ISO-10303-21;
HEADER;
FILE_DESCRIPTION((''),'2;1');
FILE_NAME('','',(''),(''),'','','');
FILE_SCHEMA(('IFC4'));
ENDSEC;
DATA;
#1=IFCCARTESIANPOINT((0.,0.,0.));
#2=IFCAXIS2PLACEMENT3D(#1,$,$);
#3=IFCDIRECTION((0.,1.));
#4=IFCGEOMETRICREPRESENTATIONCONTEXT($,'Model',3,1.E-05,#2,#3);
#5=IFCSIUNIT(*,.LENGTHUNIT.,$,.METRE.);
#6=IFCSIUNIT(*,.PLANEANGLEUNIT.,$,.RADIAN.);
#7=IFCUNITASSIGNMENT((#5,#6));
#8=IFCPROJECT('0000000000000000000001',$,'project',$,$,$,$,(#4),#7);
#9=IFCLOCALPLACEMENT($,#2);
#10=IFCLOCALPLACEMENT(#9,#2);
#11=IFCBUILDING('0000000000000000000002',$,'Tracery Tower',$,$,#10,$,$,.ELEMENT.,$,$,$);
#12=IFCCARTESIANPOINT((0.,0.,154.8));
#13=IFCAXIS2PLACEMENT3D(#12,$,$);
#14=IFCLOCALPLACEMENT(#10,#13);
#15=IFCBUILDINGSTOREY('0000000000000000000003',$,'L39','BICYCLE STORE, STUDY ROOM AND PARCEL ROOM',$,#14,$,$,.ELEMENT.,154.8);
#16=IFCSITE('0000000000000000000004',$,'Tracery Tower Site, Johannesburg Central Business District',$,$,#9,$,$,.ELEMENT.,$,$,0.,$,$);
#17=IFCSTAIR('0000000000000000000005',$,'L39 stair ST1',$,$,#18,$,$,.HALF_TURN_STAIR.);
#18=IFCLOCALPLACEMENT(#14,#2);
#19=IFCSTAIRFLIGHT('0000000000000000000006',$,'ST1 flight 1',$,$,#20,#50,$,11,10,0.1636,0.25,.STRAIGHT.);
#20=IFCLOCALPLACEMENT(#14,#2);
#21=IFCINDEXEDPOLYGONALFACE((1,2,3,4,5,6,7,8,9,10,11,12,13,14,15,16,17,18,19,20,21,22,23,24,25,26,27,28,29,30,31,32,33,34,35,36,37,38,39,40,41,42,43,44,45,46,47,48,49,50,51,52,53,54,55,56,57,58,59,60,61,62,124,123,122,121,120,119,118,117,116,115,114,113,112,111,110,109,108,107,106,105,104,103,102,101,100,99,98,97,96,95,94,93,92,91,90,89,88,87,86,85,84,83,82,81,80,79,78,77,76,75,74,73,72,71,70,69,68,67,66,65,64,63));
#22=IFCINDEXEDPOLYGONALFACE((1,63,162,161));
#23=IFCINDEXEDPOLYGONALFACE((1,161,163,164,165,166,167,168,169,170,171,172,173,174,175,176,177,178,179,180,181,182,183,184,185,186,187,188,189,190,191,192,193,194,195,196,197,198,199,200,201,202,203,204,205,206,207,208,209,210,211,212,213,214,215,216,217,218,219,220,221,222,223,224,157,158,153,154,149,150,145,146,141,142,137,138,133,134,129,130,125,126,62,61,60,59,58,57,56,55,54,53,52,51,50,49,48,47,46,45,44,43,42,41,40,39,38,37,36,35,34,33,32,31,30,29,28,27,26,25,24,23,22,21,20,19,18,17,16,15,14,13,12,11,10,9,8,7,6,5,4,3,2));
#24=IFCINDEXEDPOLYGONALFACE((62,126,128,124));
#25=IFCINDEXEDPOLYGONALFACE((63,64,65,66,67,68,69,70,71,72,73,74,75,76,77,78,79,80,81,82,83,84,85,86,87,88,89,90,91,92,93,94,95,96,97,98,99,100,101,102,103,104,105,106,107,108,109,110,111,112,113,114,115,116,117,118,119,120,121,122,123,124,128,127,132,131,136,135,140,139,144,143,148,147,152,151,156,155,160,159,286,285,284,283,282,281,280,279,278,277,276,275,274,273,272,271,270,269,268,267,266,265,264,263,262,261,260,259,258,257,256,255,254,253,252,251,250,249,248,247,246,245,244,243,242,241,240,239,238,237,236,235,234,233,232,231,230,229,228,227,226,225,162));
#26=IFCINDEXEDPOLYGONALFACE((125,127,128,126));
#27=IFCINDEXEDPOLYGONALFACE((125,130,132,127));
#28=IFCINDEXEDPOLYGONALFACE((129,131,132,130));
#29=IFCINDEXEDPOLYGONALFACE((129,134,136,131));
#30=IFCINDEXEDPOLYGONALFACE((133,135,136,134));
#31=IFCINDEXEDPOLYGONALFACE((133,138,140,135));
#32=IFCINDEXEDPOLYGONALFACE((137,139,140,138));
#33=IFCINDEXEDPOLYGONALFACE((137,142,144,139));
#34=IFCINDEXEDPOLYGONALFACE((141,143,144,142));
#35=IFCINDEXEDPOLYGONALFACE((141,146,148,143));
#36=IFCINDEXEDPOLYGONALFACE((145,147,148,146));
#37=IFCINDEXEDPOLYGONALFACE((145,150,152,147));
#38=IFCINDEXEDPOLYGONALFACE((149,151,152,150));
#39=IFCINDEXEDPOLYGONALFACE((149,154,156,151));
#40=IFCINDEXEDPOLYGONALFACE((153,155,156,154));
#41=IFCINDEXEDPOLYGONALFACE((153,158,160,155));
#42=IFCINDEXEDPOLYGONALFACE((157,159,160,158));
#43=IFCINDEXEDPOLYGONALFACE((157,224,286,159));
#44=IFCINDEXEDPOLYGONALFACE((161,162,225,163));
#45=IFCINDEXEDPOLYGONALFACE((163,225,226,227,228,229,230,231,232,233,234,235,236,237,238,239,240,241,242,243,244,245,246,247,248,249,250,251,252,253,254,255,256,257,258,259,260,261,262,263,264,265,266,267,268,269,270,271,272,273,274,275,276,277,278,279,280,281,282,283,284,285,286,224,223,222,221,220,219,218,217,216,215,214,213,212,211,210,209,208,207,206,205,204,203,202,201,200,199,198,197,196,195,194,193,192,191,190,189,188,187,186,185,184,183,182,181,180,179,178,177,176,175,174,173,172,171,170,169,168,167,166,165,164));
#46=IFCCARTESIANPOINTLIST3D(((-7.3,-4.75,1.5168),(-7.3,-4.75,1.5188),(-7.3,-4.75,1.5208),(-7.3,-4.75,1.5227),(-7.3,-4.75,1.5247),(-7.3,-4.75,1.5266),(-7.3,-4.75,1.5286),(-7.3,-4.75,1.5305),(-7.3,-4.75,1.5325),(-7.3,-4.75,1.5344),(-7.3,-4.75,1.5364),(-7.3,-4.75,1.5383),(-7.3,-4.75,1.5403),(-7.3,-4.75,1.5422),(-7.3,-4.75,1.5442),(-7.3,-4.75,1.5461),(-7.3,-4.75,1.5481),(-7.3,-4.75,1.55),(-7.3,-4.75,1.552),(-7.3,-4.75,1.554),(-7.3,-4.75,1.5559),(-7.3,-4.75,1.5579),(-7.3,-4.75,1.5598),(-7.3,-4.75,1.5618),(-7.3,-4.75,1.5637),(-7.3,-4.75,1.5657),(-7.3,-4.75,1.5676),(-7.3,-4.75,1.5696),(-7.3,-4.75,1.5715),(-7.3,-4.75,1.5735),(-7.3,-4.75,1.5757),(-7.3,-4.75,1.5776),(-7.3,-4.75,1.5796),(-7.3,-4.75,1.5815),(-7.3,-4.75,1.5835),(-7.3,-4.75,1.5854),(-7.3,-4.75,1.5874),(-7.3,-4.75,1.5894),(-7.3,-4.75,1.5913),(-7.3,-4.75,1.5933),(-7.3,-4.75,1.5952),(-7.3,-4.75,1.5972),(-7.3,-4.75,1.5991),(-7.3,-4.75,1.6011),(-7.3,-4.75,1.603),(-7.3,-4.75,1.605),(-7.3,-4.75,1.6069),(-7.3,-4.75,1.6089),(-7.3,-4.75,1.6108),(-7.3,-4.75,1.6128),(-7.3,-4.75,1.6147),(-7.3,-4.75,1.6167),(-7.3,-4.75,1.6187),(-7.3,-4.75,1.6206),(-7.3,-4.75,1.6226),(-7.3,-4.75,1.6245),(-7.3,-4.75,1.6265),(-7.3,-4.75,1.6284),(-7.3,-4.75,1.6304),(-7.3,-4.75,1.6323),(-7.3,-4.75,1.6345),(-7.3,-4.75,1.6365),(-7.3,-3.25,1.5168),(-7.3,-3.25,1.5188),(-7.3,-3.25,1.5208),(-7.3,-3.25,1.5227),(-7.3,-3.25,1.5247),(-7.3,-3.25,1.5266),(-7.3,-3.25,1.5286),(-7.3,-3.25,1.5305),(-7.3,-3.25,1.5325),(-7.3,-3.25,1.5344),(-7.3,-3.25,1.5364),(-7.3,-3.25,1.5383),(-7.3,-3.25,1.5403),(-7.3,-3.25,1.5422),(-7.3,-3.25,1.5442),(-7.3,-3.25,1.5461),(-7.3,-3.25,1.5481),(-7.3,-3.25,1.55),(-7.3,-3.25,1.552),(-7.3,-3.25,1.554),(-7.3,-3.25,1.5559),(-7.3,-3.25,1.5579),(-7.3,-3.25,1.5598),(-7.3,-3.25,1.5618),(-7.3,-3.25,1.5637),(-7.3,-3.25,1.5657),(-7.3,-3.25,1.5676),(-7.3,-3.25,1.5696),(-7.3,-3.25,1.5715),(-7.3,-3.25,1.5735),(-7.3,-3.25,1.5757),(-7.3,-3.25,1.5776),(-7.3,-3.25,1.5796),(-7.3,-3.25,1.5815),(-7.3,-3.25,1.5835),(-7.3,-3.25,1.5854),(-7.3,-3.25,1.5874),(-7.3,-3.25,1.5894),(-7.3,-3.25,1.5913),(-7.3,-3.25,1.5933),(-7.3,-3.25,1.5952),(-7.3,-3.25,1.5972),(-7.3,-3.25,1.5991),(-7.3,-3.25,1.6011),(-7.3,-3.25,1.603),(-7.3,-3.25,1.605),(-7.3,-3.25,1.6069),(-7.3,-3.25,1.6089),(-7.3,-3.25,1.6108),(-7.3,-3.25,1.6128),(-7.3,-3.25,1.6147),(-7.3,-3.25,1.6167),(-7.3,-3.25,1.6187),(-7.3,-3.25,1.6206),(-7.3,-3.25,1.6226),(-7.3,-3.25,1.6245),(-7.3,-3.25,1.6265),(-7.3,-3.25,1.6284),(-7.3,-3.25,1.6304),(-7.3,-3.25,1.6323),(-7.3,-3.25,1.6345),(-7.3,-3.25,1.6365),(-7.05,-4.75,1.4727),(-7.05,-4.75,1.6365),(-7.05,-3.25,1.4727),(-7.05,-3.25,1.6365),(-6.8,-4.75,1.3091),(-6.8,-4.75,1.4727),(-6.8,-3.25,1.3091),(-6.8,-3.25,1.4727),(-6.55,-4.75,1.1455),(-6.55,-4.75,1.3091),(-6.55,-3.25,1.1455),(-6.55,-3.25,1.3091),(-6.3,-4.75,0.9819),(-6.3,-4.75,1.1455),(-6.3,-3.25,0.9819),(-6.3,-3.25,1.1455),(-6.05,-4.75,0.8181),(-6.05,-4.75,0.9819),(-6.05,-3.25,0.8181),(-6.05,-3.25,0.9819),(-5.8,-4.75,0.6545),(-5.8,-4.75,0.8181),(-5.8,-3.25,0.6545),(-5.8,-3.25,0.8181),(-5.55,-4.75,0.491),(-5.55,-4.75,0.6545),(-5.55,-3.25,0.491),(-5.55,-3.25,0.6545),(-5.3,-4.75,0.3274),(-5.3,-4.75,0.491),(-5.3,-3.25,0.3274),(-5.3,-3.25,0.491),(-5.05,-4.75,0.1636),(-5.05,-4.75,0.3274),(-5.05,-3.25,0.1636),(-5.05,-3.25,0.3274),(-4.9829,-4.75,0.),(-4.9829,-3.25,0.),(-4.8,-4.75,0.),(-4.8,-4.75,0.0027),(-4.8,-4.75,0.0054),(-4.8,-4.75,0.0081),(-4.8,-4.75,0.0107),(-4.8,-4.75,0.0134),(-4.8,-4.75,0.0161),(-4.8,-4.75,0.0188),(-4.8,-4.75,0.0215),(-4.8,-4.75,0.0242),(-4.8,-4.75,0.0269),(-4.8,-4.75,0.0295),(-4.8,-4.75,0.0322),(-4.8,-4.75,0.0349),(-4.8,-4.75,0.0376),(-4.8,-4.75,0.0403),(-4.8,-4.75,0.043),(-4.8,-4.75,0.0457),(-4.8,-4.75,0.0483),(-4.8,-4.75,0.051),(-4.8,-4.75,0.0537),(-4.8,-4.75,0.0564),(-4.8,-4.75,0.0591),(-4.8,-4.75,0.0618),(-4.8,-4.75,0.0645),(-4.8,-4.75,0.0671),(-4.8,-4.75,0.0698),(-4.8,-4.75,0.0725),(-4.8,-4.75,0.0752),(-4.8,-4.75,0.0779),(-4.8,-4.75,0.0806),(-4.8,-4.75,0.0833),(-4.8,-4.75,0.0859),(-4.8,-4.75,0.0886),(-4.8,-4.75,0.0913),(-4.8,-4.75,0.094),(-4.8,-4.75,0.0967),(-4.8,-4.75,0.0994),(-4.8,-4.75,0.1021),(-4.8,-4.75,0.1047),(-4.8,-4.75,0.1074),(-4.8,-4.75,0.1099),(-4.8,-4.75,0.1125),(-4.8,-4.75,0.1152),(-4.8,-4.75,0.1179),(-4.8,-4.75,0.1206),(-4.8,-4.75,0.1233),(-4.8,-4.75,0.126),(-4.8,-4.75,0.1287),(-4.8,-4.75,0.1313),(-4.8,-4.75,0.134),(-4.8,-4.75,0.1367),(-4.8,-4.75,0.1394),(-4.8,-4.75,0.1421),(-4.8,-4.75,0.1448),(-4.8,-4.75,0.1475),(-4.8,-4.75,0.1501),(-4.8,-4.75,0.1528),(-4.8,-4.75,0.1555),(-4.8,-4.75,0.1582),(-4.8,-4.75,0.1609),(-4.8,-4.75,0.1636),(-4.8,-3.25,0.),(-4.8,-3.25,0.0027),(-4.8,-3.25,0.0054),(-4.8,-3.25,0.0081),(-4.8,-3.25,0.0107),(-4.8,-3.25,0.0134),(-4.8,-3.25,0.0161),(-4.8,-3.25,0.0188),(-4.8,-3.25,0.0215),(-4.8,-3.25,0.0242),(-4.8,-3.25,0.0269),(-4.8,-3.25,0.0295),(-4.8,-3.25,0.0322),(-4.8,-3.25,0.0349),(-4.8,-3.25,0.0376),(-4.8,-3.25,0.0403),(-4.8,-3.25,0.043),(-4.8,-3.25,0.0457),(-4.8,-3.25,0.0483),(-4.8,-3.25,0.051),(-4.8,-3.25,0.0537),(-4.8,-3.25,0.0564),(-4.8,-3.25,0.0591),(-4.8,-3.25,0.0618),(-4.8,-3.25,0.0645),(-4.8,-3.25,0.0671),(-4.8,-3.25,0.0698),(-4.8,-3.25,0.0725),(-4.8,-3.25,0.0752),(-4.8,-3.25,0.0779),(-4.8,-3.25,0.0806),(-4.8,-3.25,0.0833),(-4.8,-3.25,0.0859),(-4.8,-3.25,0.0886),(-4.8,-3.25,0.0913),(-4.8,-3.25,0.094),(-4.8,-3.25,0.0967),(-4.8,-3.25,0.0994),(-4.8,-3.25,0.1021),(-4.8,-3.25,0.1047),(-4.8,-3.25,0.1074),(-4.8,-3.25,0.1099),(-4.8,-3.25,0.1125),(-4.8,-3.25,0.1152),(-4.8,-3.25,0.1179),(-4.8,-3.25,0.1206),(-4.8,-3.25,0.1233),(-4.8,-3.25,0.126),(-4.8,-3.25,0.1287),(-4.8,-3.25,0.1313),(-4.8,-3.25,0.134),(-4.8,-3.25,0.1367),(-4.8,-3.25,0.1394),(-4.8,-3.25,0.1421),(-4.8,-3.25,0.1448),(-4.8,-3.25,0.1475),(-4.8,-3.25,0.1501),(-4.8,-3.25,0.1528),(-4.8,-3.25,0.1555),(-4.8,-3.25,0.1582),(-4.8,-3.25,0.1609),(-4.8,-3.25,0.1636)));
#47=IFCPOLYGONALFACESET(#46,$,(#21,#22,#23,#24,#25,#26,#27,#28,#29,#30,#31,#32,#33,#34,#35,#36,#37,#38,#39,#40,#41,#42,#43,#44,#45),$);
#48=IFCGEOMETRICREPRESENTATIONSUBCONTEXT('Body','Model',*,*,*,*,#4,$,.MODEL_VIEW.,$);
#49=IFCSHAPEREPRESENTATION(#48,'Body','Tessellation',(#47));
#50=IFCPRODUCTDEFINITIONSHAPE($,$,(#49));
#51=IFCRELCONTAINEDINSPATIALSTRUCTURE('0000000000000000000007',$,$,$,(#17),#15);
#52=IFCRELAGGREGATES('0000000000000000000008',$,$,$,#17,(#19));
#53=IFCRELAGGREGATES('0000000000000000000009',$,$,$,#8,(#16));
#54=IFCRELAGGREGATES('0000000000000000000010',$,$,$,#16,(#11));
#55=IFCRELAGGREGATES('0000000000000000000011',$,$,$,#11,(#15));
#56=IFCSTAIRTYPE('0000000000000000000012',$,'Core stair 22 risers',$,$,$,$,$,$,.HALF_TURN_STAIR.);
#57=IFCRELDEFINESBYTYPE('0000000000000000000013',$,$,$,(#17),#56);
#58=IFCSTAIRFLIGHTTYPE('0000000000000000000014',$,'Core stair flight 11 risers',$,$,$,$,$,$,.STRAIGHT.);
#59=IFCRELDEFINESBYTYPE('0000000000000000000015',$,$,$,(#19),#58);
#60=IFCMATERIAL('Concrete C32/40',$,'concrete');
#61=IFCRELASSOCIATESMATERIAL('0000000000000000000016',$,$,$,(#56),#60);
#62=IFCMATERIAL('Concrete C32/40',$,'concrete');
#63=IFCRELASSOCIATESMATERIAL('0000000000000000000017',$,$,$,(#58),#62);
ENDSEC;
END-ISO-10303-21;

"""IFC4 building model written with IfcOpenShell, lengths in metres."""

from ifc_helpers import new_model, si_unit, direction, frame, origin, place, context, subcontext, project, spatial, polyline, outline, extrude, material, type_object, element, aggregate, save


model = new_model("IFC4")

# Units and contexts
model_context = context("Model", 3, precision=1e-05, world=origin(), true_north=direction((0.0, 1.0)))
body_context = subcontext(model_context, "Body", "Model", "MODEL_VIEW")
ifc_project = project(units=[si_unit("LENGTHUNIT", "METRE"), si_unit("PLANEANGLEUNIT", "RADIAN")], contexts=[model_context])

# Site, building, storey
site_placement = place(None, origin())
site = spatial("IfcSite", under=ifc_project, at=site_placement, Name="Tracery Tower Site, Johannesburg Central Business District", CompositionType="ELEMENT", RefElevation=0.0)
building_placement = place(site_placement, origin())
building = spatial("IfcBuilding", under=site, at=building_placement, Name="Tracery Tower", CompositionType="ELEMENT")
storey_placement = place(building_placement, frame((0.0, 0.0, 154.8)))
storey = spatial("IfcBuildingStorey", under=building, at=storey_placement, Name="L39", Description="BICYCLE STORE, STUDY ROOM AND PARCEL ROOM", CompositionType="ELEMENT", Elevation=154.8)

# Stair, stair flight
ifc_material_1 = material(Name="Concrete C32/40", Category="concrete")
stair_type = type_object("IfcStairType", Name="Core stair 22 risers", PredefinedType="HALF_TURN_STAIR", material=ifc_material_1)
stair_placement = place(storey_placement, origin())
stair = element("IfcStair", 1, at=stair_placement, inside=storey, type_object=stair_type, Name="L39 stair ST1", PredefinedType="HALF_TURN_STAIR")
ifc_material_2 = material(Name="Concrete C32/40", Category="concrete")
stair_flight_type = type_object("IfcStairFlightType", Name="Core stair flight 11 risers", PredefinedType="STRAIGHT", material=ifc_material_2)
stair_flight_1_placement = place(storey_placement, frame((-4.8, -4.0, 0.0), z_axis=(0.0, 0.0, 1.0), x_axis=(-1.0, 0.0, 0.0)))
stair_flight_1 = element("IfcStairFlight", 2, at=stair_flight_1_placement, type_object=stair_flight_type, Name="ST1 flight 1", NumberOfRisers=11, NumberOfTreads=10, PredefinedType="STRAIGHT", RiserHeight=0.1636, TreadLength=0.25, context=body_context, shape_type="SweptSolid", body=[
    extrude(outline(polyline([(0.0, 0.0), (0.0, 0.0027), (0.0, 0.0054), (0.0, 0.0081), (0.0, 0.0107), (0.0, 0.0134), (0.0, 0.0161), (0.0, 0.0188), (0.0, 0.0215), (0.0, 0.0242), (0.0, 0.0269), (0.0, 0.0295), (0.0, 0.0322), (0.0, 0.0349), (0.0, 0.0376), (0.0, 0.0403), (0.0, 0.043), (0.0, 0.0457), (0.0, 0.0483), (0.0, 0.051), (0.0, 0.0537), (0.0, 0.0564), (0.0, 0.0591), (0.0, 0.0618), (0.0, 0.0645), (0.0, 0.0671), (0.0, 0.0698), (0.0, 0.0725), (0.0, 0.0752), (0.0, 0.0779), (0.0, 0.0806), (0.0, 0.0833), (0.0, 0.0859), (0.0, 0.0886), (0.0, 0.0913), (0.0, 0.094), (0.0, 0.0967), (0.0, 0.0994), (0.0, 0.1021), (0.0, 0.1047), (0.0, 0.1074), (0.0, 0.1099), (0.0, 0.1125), (0.0, 0.1152), (0.0, 0.1179), (0.0, 0.1206), (0.0, 0.1233), (0.0, 0.126), (0.0, 0.1287), (0.0, 0.1313), (0.0, 0.134), (0.0, 0.1367), (0.0, 0.1394), (0.0, 0.1421), (0.0, 0.1448), (0.0, 0.1475), (0.0, 0.1501), (0.0, 0.1528), (0.0, 0.1555), (0.0, 0.1582), (0.0, 0.1609), (0.0, 0.1636), (0.25, 0.1636), (0.25, 0.3274), (0.5, 0.3274), (0.5, 0.491), (0.75, 0.491), (0.75, 0.6545), (1.0, 0.6545), (1.0, 0.8181), (1.25, 0.8181), (1.25, 0.9819), (1.5, 0.9819), (1.5, 1.1455), (1.75, 1.1455), (1.75, 1.3091), (2.0, 1.3091), (2.0, 1.4727), (2.25, 1.4727), (2.25, 1.6365), (2.5, 1.6365), (2.5, 1.6345), (2.5, 1.6323), (2.5, 1.6304), (2.5, 1.6284), (2.5, 1.6265), (2.5, 1.6245), (2.5, 1.6226), (2.5, 1.6206), (2.5, 1.6187), (2.5, 1.6167), (2.5, 1.6147), (2.5, 1.6128), (2.5, 1.6108), (2.5, 1.6089), (2.5, 1.6069), (2.5, 1.605), (2.5, 1.603), (2.5, 1.6011), (2.5, 1.5991), (2.5, 1.5972), (2.5, 1.5952), (2.5, 1.5933), (2.5, 1.5913), (2.5, 1.5894), (2.5, 1.5874), (2.5, 1.5854), (2.5, 1.5835), (2.5, 1.5815), (2.5, 1.5796), (2.5, 1.5776), (2.5, 1.5757), (2.5, 1.5735), (2.5, 1.5715), (2.5, 1.5696), (2.5, 1.5676), (2.5, 1.5657), (2.5, 1.5637), (2.5, 1.5618), (2.5, 1.5598), (2.5, 1.5579), (2.5, 1.5559), (2.5, 1.554), (2.5, 1.552), (2.5, 1.55), (2.5, 1.5481), (2.5, 1.5461), (2.5, 1.5442), (2.5, 1.5422), (2.5, 1.5403), (2.5, 1.5383), (2.5, 1.5364), (2.5, 1.5344), (2.5, 1.5325), (2.5, 1.5305), (2.5, 1.5286), (2.5, 1.5266), (2.5, 1.5247), (2.5, 1.5227), (2.5, 1.5208), (2.5, 1.5188), (2.5, 1.5168), (0.1829, 0.0), (0.0, 0.0)])), frame((0.0, 0.75, 0.0), z_axis=(0.0, -1.0, 0.0), x_axis=(1.0, 0.0, 0.0)), (0.0, 0.0, 1.0), 1.5),
])
aggregate(stair, [stair_flight_1])

save(model, "model.ifc")
